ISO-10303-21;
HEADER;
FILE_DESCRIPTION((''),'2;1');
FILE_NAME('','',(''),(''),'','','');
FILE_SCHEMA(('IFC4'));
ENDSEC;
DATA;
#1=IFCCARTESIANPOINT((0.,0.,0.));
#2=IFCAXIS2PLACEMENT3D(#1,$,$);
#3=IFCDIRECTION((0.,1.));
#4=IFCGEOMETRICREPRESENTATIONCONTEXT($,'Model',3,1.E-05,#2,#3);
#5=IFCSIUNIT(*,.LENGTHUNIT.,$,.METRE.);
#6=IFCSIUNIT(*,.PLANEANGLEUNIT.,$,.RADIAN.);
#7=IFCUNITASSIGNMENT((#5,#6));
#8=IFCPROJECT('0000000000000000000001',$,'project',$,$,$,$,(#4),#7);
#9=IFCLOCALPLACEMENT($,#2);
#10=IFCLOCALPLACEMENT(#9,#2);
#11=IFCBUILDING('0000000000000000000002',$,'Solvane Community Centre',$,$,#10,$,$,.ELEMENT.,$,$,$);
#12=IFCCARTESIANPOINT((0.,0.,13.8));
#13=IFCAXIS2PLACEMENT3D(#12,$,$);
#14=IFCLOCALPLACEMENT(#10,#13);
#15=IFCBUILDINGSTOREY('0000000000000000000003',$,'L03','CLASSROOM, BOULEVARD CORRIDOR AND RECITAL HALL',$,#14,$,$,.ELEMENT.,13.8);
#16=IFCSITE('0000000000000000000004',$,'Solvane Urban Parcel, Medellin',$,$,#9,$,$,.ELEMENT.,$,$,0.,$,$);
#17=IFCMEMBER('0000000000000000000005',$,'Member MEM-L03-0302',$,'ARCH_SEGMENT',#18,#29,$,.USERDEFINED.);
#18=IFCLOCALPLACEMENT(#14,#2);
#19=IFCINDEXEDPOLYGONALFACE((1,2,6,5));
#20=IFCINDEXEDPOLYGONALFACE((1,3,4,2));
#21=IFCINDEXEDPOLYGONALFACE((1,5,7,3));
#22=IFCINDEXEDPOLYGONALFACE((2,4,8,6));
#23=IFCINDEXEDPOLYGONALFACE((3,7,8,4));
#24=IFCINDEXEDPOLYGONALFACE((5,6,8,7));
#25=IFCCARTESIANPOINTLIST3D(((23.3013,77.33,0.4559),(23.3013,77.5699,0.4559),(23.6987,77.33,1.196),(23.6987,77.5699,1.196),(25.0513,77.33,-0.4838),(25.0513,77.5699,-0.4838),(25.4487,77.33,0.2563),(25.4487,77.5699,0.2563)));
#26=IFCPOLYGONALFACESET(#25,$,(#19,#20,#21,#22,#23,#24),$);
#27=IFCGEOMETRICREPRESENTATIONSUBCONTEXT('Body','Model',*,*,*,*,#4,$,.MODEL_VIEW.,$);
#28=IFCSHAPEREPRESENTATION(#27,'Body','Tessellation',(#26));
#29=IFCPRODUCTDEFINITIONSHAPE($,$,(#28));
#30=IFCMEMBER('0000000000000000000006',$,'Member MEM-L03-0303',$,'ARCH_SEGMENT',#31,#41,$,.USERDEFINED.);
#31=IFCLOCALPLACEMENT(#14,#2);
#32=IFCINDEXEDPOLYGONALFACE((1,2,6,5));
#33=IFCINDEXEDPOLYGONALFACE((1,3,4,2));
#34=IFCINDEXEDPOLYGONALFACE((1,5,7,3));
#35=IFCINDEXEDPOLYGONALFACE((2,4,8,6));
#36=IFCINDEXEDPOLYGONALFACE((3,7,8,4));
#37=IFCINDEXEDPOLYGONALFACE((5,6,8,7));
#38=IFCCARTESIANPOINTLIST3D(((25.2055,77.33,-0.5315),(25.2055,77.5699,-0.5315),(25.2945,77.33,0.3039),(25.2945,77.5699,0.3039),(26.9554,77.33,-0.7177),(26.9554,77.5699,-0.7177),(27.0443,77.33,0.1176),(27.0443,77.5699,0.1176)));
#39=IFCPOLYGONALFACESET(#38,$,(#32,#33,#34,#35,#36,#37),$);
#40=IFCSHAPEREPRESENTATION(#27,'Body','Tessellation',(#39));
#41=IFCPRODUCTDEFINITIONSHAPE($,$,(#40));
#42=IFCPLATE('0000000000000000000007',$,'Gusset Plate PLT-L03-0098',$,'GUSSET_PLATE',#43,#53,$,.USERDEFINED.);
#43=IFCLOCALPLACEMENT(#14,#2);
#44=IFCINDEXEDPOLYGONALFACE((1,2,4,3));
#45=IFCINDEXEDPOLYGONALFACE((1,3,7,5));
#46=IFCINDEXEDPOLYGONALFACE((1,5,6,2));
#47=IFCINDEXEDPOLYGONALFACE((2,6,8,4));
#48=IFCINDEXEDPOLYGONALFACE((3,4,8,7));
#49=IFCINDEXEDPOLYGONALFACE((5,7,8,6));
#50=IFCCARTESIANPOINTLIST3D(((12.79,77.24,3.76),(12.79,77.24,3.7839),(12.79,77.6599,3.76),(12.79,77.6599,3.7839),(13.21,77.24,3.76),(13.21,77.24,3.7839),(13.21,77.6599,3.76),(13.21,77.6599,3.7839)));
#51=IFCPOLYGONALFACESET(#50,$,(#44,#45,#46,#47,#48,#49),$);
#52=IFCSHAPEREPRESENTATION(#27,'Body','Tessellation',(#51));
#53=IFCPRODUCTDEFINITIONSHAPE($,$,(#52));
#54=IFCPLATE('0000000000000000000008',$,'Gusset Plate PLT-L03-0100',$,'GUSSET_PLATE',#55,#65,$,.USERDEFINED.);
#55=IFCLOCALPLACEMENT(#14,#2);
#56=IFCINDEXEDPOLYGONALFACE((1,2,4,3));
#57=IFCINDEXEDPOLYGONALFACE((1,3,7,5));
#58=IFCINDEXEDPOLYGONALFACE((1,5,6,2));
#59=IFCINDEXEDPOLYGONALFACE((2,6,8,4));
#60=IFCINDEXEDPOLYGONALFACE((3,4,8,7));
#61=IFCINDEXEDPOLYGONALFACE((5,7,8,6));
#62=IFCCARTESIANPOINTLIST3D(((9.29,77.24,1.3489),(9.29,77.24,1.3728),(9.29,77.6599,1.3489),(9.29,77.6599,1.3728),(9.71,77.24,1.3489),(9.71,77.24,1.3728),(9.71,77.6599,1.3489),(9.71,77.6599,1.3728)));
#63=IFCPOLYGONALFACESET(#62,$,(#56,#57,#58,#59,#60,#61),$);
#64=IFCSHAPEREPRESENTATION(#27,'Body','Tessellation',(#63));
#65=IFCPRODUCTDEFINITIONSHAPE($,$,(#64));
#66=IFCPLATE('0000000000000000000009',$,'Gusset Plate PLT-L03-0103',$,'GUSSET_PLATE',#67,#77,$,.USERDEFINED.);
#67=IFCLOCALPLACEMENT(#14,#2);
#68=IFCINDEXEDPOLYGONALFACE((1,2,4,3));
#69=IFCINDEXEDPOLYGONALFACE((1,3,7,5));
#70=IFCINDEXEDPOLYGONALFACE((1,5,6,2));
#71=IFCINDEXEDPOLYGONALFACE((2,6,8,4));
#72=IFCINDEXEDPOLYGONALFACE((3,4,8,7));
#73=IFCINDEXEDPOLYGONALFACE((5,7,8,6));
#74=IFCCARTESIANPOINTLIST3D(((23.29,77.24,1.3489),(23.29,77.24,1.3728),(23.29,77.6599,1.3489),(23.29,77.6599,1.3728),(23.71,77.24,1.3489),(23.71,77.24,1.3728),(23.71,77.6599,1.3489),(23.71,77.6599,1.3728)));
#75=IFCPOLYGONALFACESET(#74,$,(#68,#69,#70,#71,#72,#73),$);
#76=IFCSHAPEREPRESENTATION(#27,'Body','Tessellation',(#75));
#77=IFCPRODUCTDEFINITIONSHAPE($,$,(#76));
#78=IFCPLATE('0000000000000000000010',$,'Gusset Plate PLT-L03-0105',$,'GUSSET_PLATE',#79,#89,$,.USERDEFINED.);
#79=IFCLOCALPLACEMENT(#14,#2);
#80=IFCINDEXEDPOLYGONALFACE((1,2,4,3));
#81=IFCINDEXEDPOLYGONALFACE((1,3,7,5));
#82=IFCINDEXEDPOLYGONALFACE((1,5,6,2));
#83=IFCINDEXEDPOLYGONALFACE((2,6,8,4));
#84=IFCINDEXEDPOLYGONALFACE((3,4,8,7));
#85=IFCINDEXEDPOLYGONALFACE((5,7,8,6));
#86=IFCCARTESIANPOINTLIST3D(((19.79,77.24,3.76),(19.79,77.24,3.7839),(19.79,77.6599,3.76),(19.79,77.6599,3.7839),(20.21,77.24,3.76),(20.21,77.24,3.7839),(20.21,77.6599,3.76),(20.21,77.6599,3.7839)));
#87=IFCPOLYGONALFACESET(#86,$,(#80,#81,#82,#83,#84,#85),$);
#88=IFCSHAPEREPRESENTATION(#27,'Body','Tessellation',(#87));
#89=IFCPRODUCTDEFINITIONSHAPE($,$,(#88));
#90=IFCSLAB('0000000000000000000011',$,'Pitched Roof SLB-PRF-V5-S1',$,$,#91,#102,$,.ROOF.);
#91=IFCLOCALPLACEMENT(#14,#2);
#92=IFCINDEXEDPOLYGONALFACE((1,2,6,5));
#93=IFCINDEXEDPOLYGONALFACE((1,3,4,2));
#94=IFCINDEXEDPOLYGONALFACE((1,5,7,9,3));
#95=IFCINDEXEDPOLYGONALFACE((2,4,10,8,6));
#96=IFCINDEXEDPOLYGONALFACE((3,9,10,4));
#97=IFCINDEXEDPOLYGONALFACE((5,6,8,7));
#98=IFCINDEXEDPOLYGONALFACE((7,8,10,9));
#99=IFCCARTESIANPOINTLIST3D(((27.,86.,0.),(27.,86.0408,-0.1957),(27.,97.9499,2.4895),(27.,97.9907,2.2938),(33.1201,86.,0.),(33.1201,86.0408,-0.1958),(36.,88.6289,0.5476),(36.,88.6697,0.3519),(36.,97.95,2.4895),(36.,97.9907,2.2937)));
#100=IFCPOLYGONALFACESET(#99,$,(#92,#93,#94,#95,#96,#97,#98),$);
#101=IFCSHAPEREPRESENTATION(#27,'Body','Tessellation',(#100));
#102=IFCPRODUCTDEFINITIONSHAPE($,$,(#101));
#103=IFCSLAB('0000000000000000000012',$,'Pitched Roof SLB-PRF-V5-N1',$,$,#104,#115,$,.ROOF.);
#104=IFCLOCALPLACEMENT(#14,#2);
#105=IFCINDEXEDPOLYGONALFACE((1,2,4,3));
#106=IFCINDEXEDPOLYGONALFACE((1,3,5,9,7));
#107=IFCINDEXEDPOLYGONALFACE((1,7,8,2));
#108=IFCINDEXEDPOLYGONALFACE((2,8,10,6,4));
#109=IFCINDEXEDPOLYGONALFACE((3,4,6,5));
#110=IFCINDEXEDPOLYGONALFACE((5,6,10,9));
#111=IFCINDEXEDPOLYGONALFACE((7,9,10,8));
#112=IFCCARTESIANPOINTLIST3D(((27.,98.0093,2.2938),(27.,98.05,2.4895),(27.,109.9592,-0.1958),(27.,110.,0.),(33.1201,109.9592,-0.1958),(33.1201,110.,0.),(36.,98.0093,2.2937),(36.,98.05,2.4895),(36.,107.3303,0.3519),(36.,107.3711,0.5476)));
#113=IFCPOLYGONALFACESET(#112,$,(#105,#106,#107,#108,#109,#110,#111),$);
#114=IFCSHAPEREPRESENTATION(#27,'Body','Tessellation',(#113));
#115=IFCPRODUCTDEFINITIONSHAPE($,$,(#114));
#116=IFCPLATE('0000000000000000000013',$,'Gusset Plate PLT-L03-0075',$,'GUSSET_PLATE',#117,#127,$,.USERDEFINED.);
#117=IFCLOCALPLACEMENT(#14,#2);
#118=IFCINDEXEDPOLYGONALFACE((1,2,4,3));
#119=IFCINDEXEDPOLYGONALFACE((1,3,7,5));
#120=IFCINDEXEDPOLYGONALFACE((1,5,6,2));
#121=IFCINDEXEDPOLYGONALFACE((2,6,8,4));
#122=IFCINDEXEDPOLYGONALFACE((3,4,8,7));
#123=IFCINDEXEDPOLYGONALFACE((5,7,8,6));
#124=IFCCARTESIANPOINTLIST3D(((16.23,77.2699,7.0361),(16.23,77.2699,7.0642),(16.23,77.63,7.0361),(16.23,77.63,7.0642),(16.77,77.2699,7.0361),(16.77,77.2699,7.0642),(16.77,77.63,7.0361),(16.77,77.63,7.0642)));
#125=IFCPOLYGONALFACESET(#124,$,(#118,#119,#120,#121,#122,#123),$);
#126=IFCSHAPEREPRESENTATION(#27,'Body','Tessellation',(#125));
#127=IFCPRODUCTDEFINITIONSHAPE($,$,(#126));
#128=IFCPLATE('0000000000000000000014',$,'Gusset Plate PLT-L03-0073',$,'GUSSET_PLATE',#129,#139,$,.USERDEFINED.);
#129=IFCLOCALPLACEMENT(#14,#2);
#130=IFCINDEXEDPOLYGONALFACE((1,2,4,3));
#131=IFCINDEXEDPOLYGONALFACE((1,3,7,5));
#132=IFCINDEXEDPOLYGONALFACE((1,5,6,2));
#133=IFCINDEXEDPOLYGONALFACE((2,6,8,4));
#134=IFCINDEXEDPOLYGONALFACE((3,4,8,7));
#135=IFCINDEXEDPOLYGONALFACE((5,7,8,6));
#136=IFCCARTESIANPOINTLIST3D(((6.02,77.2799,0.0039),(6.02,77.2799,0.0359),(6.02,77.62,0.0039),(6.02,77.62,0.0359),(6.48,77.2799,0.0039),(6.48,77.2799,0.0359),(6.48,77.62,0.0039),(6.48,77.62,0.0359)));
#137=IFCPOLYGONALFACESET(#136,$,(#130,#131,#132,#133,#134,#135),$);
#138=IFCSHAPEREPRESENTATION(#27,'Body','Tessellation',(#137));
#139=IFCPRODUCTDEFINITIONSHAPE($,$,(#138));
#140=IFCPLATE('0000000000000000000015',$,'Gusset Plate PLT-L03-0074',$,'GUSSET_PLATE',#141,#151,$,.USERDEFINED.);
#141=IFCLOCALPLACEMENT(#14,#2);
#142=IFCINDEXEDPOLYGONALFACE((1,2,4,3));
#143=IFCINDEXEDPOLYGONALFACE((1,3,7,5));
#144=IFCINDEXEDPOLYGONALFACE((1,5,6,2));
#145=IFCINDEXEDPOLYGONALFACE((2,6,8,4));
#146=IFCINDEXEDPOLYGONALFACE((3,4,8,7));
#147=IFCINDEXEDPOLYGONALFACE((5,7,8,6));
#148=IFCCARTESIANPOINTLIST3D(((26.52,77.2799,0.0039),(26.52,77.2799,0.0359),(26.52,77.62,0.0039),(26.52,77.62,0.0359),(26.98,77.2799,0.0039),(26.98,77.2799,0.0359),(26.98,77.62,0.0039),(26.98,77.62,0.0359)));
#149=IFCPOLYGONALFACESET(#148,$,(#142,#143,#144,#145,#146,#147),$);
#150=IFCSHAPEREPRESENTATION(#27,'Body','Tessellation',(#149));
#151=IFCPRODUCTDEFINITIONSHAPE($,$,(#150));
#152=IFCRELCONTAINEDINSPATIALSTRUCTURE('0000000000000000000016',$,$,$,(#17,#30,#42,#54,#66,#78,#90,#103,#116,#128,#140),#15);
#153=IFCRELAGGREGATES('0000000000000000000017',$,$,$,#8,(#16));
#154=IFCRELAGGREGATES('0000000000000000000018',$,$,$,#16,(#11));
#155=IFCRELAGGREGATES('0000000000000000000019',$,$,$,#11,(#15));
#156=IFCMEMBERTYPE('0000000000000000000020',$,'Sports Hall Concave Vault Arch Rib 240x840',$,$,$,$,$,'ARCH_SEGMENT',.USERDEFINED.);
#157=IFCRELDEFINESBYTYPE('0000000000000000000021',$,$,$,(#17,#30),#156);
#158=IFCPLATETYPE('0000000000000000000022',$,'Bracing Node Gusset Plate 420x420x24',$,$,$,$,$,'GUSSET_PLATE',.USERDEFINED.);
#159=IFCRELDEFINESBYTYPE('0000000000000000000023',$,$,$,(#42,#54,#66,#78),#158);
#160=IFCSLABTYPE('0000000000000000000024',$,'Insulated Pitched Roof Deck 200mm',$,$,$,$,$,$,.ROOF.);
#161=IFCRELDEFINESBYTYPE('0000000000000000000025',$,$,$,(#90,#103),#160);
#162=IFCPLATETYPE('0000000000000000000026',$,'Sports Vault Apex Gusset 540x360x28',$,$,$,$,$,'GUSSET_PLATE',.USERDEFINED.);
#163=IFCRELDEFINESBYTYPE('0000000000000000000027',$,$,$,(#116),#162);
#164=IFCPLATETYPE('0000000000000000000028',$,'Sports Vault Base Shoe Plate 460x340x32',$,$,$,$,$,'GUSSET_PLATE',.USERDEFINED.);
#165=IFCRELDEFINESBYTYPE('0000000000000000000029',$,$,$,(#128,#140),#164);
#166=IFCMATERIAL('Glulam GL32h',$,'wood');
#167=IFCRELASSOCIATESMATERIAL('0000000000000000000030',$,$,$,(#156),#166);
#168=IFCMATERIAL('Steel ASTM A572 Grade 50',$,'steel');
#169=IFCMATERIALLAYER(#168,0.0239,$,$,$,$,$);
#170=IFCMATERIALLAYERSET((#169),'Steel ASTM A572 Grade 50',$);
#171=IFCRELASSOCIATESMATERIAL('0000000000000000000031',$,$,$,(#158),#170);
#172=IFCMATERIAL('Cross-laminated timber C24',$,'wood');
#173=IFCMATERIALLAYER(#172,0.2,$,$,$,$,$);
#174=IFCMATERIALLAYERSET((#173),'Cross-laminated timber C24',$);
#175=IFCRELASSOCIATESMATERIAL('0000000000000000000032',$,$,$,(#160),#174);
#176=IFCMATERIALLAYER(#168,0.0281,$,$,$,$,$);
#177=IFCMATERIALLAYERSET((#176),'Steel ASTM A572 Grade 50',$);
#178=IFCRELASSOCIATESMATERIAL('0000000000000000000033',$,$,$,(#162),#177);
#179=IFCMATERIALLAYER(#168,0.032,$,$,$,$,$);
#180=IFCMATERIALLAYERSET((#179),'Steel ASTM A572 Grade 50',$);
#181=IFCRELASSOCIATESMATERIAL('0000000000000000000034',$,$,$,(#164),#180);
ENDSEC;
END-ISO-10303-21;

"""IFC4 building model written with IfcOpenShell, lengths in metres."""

from ifc_helpers import new_model, si_unit, direction, frame, origin, origin_2d, place, context, subcontext, project, spatial, polyline, rectangle, outline, extrude, material, layer, layer_set, material_profile, profile_set, type_object, element, save


model = new_model("IFC4")

# Units and contexts
model_context = context("Model", 3, precision=1e-05, world=origin(), true_north=direction((0.0, 1.0)))
body_context = subcontext(model_context, "Body", "Model", "MODEL_VIEW")
ifc_project = project(units=[si_unit("LENGTHUNIT", "METRE"), si_unit("PLANEANGLEUNIT", "RADIAN")], contexts=[model_context])

# Site, building, storey
site_placement = place(None, origin())
site = spatial("IfcSite", under=ifc_project, at=site_placement, Name="Solvane Urban Parcel, Medellin", CompositionType="ELEMENT", RefElevation=0.0)
building_placement = place(site_placement, origin())
building = spatial("IfcBuilding", under=site, at=building_placement, Name="Solvane Community Centre", CompositionType="ELEMENT")
storey_placement = place(building_placement, frame((0.0, 0.0, 13.8)))
storey = spatial("IfcBuildingStorey", under=building, at=storey_placement, Name="L03", Description="CLASSROOM, BOULEVARD CORRIDOR AND RECITAL HALL", CompositionType="ELEMENT", Elevation=13.8)

# Members
ifc_material_1 = material(Name="Glulam GL32h", Category="wood")
ifc_material_profile_1 = material_profile(ifc_material_1, rectangle(XDim=0.24, YDim=0.8401, at=origin_2d()), Name="GL32h 240x840")
ifc_profile_set_1 = profile_set([ifc_material_profile_1], Name="Glulam GL32h")
member_type = type_object("IfcMemberType", Name="Sports Hall Concave Vault Arch Rib 240x840", ElementType="ARCH_SEGMENT", PredefinedType="USERDEFINED", material=ifc_profile_set_1)
member_1_placement = place(storey_placement, frame((23.5, 77.45, 0.8259), z_axis=(0.881019, 0.0, -0.473081), x_axis=(0.0, 1.0, 0.0)))
element("IfcMember", 1, at=member_1_placement, inside=storey, type_object=member_type, Name="Member MEM-L03-0302", ObjectType="ARCH_SEGMENT", PredefinedType="USERDEFINED", context=body_context, shape_type="SweptSolid", body=[
    extrude(rectangle(XDim=0.24, YDim=0.8401, at=origin_2d()), origin(), (0.0, 0.0, 1.0), 1.9863),
])
member_2_placement = place(storey_placement, frame((25.25, 77.45, -0.1138), z_axis=(0.994382, 0.0, -0.105847), x_axis=(0.0, 1.0, 0.0)))
element("IfcMember", 2, at=member_2_placement, inside=storey, type_object=member_type, Name="Member MEM-L03-0303", ObjectType="ARCH_SEGMENT", PredefinedType="USERDEFINED", context=body_context, shape_type="SweptSolid", body=[
    extrude(rectangle(XDim=0.24, YDim=0.8401, at=origin_2d()), origin(), (0.0, 0.0, 1.0), 1.7598),
])

# Plates
ifc_material_2 = material(Name="Steel ASTM A572 Grade 50", Category="steel")
ifc_layer_1 = layer(ifc_material_2, 0.0239)
ifc_layer_set_1 = layer_set([ifc_layer_1], Name="Steel ASTM A572 Grade 50")
plate_type_1 = type_object("IfcPlateType", Name="Bracing Node Gusset Plate 420x420x24", ElementType="GUSSET_PLATE", PredefinedType="USERDEFINED", material=ifc_layer_set_1)
for number, where, z_axis, x_axis, name in (
    (3, (13.0, 77.45, 3.76), (0.0, 0.0, 1.0), (1.0, 0.0, 0.0), "Gusset Plate PLT-L03-0098"),
    (4, (9.5, 77.45, 1.3489), (0.0, 0.0, 1.0), (1.0, 0.0, 0.0), "Gusset Plate PLT-L03-0100"),
    (5, (23.5, 77.45, 1.3489), (0.0, 0.0, 1.0), (1.0, 0.0, 0.0), "Gusset Plate PLT-L03-0103"),
    (6, (20.0, 77.45, 3.76), (0.0, 0.0, 1.0), (1.0, 0.0, 0.0), "Gusset Plate PLT-L03-0105"),
):
    element("IfcPlate", number, at=place(storey_placement, frame(where, z_axis=z_axis, x_axis=x_axis)), inside=storey, type_object=plate_type_1, Name=name, ObjectType="GUSSET_PLATE", PredefinedType="USERDEFINED", context=body_context, shape_type="SweptSolid", body=[
        extrude(rectangle(XDim=0.4199, YDim=0.4199, at=origin_2d()), origin(), (0.0, 0.0, 1.0), 0.0239),
    ])

# Slabs
ifc_material_3 = material(Name="Cross-laminated timber C24", Category="wood")
ifc_layer_2 = layer(ifc_material_3, 0.2)
ifc_layer_set_2 = layer_set([ifc_layer_2], Name="Cross-laminated timber C24")
slab_type = type_object("IfcSlabType", Name="Insulated Pitched Roof Deck 200mm", PredefinedType="ROOF", material=ifc_layer_set_2)
slab_1_placement = place(storey_placement, frame((27.0, 86.0, 0.0), z_axis=(0.000004, -0.20395, 0.978981), x_axis=(1.0, 0.000001, -0.000004)))
element("IfcSlab", 7, at=slab_1_placement, inside=storey, type_object=slab_type, Name="Pitched Roof SLB-PRF-V5-S1", PredefinedType="ROOF", context=body_context, shape_type="SweptSolid", body=[
    extrude(outline(polyline([(0.0, 0.0), (6.1201, 0.0), (9.0, 2.6853), (9.0, 12.2065), (0.0, 12.2065), (0.0, 0.0)])), origin(), (0.0, 0.0, -1.0), 0.2),
])
slab_2_placement = place(storey_placement, frame((27.0, 98.05, 2.4895), z_axis=(0.000004, 0.20395, 0.978981), x_axis=(1.0, -0.000001, -0.000004)))
element("IfcSlab", 8, at=slab_2_placement, inside=storey, type_object=slab_type, Name="Pitched Roof SLB-PRF-V5-N1", PredefinedType="ROOF", context=body_context, shape_type="SweptSolid", body=[
    extrude(outline(polyline([(0.0, 0.0), (9.0, 0.0), (9.0, 9.5212), (6.1201, 12.2065), (0.0, 12.2065), (0.0, 0.0)])), origin(), (0.0, 0.0, -1.0), 0.2),
])

# Plates
ifc_layer_3 = layer(ifc_material_2, 0.0281)
ifc_layer_set_3 = layer_set([ifc_layer_3], Name="Steel ASTM A572 Grade 50")
plate_type_2 = type_object("IfcPlateType", Name="Sports Vault Apex Gusset 540x360x28", ElementType="GUSSET_PLATE", PredefinedType="USERDEFINED", material=ifc_layer_set_3)
plate_placement = place(storey_placement, frame((16.5, 77.45, 7.0361), z_axis=(0.0, 0.0, 1.0), x_axis=(1.0, 0.0, 0.0)))
element("IfcPlate", 9, at=plate_placement, inside=storey, type_object=plate_type_2, Name="Gusset Plate PLT-L03-0075", ObjectType="GUSSET_PLATE", PredefinedType="USERDEFINED", context=body_context, shape_type="SweptSolid", body=[
    extrude(rectangle(XDim=0.54, YDim=0.3601, at=origin_2d()), origin(), (0.0, 0.0, 1.0), 0.0281),
])
ifc_layer_4 = layer(ifc_material_2, 0.032)
ifc_layer_set_4 = layer_set([ifc_layer_4], Name="Steel ASTM A572 Grade 50")
plate_type_3 = type_object("IfcPlateType", Name="Sports Vault Base Shoe Plate 460x340x32", ElementType="GUSSET_PLATE", PredefinedType="USERDEFINED", material=ifc_layer_set_4)
for number, where, z_axis, x_axis, name in (
    (10, (6.25, 77.45, 0.0039), (0.0, 0.0, 1.0), (1.0, 0.0, 0.0), "Gusset Plate PLT-L03-0073"),
    (11, (26.75, 77.45, 0.0039), (0.0, 0.0, 1.0), (1.0, 0.0, 0.0), "Gusset Plate PLT-L03-0074"),
):
    element("IfcPlate", number, at=place(storey_placement, frame(where, z_axis=z_axis, x_axis=x_axis)), inside=storey, type_object=plate_type_3, Name=name, ObjectType="GUSSET_PLATE", PredefinedType="USERDEFINED", context=body_context, shape_type="SweptSolid", body=[
        extrude(rectangle(XDim=0.46, YDim=0.3401, at=origin_2d()), origin(), (0.0, 0.0, 1.0), 0.032),
    ])

save(model, "model.ifc")
